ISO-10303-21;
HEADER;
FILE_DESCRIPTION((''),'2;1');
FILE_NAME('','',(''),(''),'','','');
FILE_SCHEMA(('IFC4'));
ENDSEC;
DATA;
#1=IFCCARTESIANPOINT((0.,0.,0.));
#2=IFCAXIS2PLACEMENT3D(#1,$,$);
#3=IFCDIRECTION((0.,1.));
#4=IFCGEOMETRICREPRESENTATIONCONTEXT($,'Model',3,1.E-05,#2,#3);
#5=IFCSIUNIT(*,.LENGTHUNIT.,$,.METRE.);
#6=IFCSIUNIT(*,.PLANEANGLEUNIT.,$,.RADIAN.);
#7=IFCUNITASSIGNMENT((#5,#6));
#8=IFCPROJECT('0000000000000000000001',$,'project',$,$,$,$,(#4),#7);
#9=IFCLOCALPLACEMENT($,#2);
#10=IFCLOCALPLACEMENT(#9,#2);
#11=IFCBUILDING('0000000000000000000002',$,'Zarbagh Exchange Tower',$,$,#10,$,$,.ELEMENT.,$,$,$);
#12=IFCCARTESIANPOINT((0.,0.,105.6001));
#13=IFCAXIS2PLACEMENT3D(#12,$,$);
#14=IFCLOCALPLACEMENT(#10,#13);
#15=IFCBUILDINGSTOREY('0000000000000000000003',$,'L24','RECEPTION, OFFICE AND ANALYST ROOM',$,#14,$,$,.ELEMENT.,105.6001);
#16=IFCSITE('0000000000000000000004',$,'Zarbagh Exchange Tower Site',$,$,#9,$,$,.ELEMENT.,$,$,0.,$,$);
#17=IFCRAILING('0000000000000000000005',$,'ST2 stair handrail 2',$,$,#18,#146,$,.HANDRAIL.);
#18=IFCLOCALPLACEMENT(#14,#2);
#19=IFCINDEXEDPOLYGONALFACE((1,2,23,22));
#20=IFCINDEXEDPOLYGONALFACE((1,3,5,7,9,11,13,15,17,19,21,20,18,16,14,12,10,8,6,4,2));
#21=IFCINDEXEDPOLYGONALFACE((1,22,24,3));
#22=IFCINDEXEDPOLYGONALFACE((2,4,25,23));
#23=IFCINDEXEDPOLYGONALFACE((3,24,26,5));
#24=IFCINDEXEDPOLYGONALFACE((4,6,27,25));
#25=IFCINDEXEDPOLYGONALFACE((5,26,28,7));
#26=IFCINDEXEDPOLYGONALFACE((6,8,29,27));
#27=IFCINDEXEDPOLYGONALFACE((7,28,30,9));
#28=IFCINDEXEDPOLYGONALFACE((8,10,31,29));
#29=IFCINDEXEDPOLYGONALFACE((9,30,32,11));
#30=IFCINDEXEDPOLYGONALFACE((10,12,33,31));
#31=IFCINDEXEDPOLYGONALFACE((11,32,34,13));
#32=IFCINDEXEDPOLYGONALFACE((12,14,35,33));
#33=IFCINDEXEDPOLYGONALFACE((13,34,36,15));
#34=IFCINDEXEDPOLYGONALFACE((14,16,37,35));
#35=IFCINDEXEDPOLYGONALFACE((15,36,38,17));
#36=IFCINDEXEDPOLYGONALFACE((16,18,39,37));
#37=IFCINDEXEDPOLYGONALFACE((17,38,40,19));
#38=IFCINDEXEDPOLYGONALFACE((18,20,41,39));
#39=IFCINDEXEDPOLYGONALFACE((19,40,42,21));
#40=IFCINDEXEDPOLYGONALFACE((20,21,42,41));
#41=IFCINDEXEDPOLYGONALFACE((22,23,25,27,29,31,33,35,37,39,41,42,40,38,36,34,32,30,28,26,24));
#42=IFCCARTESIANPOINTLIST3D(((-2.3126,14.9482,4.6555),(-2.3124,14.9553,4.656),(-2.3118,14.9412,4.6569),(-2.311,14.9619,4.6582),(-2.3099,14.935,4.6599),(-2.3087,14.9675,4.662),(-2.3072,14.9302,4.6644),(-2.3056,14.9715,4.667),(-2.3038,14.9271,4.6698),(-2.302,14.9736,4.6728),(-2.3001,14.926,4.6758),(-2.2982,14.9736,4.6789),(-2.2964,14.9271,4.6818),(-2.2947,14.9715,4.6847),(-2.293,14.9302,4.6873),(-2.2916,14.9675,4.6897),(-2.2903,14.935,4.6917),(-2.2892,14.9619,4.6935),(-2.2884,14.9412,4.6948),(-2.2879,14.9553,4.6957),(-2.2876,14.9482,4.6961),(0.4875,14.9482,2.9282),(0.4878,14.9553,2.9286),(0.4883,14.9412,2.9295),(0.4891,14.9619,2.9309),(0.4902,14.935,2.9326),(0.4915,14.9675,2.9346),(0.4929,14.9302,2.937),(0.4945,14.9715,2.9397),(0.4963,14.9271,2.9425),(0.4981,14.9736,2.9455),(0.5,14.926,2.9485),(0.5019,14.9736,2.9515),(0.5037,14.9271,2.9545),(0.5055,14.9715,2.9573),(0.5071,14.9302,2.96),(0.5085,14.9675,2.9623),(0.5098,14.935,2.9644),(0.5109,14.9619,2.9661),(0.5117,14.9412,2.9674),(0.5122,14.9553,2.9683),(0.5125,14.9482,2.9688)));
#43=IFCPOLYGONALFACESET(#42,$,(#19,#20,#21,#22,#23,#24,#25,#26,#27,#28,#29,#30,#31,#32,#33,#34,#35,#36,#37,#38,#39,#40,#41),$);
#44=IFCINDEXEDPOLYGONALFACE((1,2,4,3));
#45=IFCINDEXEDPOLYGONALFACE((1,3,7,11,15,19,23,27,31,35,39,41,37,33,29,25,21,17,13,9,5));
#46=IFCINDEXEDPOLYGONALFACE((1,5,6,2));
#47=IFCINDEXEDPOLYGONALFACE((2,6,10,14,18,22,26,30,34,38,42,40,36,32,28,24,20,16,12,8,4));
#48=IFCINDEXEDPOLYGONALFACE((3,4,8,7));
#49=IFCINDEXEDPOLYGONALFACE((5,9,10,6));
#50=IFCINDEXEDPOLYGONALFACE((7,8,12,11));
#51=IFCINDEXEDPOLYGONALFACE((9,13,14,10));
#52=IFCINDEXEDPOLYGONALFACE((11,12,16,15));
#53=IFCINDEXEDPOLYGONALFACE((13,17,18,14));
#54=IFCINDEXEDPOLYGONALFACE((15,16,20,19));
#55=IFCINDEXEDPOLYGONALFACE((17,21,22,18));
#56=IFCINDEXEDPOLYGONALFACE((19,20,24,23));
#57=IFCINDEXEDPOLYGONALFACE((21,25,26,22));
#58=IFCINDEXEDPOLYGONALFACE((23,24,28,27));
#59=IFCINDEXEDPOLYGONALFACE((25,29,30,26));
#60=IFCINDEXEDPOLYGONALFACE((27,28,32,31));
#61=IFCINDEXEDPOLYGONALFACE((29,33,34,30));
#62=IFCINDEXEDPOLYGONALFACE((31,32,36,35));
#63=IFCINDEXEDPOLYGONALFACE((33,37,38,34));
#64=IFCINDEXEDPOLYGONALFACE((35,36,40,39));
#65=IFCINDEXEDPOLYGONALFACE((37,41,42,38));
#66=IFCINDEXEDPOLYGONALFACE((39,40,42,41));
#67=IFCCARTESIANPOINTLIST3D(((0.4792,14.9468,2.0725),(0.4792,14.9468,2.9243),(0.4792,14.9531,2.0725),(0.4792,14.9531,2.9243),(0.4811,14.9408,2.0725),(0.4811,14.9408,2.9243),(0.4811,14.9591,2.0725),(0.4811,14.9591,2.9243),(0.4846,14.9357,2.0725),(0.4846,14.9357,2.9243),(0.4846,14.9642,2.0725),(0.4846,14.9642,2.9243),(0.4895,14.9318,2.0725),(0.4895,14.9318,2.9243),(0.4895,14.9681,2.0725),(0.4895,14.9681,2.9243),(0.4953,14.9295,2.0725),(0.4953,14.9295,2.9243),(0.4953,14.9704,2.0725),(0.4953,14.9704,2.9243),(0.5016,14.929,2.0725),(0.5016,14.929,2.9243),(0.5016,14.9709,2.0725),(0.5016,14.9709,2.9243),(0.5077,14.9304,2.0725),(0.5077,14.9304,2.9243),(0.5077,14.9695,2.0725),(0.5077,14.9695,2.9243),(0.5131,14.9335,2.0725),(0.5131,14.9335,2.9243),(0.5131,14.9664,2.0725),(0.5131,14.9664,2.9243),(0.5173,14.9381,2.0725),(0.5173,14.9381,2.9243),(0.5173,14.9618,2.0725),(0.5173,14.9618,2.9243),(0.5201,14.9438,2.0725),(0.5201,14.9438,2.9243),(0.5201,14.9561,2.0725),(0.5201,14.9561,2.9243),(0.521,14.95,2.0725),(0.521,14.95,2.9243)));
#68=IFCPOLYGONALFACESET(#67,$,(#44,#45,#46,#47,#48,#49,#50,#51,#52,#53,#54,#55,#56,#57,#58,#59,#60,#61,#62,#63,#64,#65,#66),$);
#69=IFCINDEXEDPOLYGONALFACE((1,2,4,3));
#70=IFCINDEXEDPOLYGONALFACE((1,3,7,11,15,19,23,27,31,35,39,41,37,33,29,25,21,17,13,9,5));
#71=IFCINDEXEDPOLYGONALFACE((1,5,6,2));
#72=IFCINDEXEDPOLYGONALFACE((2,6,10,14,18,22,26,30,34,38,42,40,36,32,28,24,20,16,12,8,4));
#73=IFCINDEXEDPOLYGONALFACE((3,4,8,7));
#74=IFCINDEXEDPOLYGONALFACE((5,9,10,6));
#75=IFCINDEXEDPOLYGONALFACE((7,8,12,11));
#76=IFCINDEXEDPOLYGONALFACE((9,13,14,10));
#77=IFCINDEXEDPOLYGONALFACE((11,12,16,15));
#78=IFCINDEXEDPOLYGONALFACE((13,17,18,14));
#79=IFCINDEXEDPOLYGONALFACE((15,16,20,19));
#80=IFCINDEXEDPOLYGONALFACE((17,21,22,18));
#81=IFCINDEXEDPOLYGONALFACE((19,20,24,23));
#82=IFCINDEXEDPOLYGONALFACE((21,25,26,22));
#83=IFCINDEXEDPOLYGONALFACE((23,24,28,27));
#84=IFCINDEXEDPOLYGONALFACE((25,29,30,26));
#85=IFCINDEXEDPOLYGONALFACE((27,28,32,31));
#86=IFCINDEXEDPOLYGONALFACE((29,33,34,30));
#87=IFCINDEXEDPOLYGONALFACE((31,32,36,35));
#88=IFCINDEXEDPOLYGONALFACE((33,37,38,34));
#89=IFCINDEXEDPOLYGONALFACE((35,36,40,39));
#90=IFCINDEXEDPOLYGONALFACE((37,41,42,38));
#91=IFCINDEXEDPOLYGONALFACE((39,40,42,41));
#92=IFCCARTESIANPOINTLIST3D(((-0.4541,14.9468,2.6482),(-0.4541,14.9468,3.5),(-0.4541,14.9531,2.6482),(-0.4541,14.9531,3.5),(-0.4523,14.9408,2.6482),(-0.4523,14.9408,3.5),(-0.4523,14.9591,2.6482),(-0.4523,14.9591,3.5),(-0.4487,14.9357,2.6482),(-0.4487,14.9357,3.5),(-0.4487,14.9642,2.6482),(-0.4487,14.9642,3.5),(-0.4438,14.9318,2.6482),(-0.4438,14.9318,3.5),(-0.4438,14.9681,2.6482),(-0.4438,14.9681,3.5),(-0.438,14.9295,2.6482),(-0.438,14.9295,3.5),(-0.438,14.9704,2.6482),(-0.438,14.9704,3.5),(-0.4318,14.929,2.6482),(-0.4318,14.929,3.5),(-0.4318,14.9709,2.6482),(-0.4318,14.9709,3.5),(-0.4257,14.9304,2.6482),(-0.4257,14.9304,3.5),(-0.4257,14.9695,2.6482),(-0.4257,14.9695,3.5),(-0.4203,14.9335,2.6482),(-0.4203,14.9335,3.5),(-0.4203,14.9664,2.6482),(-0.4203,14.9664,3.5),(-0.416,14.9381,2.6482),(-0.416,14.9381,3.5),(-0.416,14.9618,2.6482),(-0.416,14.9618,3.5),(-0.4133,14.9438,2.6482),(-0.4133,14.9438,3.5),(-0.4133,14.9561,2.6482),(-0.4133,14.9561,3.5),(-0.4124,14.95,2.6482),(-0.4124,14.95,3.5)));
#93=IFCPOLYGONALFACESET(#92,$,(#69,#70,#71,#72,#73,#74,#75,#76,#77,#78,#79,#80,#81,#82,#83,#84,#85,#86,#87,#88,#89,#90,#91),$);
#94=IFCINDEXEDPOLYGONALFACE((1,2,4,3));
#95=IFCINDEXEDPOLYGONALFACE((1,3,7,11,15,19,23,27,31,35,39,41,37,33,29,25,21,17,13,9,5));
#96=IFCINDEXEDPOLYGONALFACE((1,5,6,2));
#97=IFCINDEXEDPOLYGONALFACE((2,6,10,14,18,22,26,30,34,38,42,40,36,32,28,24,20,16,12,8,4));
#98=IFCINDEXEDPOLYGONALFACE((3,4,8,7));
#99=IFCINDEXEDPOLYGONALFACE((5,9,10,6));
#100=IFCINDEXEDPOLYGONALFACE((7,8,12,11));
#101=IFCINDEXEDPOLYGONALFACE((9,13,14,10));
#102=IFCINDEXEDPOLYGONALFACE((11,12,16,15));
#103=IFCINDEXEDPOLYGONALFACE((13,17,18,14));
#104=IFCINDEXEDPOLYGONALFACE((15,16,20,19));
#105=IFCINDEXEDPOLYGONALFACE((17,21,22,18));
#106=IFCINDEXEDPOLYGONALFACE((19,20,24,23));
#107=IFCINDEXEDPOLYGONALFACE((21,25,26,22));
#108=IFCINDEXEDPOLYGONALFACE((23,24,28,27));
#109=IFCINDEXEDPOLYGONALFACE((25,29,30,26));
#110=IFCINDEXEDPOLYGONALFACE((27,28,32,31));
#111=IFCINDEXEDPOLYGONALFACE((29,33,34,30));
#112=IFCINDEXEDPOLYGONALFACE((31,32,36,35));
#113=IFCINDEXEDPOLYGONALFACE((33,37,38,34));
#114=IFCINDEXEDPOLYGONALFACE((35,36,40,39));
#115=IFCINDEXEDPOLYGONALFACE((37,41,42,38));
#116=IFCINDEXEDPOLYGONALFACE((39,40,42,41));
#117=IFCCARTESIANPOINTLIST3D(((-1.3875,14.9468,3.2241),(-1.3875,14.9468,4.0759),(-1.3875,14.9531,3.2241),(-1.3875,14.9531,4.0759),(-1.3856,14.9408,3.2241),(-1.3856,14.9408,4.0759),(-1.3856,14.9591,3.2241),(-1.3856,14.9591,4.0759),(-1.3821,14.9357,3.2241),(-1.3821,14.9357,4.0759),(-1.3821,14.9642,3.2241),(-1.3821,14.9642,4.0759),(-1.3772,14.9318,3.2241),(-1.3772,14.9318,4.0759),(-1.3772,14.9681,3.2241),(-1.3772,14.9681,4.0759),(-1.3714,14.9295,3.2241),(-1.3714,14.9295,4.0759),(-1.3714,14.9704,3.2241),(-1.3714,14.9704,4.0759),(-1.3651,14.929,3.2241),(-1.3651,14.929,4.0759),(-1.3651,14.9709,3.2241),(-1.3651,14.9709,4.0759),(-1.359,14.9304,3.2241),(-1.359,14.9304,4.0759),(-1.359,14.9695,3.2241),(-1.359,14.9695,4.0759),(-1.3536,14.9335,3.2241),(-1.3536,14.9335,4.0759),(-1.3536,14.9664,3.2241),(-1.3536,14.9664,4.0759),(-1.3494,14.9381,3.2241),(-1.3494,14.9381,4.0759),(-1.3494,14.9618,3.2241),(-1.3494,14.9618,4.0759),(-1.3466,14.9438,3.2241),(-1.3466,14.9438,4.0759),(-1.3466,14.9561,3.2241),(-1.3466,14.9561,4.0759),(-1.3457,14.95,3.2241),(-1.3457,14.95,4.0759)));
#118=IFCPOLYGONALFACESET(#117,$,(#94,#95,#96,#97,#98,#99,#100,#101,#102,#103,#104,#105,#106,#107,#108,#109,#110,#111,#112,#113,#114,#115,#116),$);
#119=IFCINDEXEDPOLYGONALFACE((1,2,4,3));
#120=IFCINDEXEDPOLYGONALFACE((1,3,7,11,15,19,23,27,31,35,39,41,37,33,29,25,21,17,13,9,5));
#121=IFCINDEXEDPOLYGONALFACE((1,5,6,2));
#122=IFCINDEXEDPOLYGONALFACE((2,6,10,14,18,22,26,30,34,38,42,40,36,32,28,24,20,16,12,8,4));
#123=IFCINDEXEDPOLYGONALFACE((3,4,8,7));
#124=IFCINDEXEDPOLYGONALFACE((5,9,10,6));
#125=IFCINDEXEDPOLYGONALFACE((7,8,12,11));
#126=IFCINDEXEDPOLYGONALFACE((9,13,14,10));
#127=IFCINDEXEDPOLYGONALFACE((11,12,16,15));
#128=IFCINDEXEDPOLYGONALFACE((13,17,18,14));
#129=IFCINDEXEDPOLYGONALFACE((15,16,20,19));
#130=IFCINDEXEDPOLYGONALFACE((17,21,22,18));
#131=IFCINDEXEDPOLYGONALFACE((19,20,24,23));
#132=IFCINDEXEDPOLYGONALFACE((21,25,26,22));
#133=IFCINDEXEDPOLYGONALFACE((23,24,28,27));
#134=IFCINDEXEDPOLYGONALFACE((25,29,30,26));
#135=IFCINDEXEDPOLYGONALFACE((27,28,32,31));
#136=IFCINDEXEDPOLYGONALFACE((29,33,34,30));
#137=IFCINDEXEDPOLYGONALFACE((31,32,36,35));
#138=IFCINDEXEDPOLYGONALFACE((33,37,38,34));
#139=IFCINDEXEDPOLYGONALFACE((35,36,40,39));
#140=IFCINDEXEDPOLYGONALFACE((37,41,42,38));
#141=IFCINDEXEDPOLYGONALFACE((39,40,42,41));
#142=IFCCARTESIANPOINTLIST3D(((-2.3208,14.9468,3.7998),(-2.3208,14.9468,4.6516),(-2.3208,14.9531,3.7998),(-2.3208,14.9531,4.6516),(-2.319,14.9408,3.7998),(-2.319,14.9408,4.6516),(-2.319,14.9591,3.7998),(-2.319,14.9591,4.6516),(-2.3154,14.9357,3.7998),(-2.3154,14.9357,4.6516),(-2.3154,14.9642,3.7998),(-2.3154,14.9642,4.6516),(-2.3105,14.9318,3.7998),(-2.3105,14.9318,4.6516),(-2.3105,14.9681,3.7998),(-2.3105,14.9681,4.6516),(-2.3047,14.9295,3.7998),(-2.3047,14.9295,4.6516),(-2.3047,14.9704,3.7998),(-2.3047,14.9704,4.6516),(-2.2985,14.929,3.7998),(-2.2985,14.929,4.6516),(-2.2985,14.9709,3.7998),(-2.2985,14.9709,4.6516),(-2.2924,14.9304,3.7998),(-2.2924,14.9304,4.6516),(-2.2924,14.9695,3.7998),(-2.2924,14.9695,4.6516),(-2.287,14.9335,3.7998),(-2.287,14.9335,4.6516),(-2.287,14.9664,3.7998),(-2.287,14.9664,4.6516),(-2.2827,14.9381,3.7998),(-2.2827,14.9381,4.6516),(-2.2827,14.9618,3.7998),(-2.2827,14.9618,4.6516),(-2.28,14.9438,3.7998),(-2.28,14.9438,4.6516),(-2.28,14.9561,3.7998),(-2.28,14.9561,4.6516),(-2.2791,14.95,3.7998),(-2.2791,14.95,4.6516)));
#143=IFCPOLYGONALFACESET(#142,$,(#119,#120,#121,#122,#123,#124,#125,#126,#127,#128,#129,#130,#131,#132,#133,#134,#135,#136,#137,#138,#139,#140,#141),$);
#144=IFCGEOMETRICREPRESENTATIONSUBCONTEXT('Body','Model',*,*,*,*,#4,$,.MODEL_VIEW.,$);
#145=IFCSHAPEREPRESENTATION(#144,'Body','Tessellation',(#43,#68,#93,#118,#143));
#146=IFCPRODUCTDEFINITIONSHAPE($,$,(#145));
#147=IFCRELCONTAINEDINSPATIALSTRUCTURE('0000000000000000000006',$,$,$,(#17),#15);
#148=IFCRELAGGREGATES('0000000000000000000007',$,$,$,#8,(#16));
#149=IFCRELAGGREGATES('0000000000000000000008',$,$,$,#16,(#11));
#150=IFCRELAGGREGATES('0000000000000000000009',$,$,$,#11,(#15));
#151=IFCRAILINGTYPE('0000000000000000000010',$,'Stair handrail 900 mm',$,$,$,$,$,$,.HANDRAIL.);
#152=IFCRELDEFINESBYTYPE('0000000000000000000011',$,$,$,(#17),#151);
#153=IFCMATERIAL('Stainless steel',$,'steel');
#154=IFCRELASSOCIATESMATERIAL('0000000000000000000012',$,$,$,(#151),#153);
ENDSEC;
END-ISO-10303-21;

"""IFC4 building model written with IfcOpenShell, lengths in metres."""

from ifc_helpers import new_model, si_unit, direction, frame, origin, origin_2d, place, context, subcontext, project, spatial, circle, extrude, material, type_object, element, save


model = new_model("IFC4")

# Units and contexts
model_context = context("Model", 3, precision=1e-05, world=origin(), true_north=direction((0.0, 1.0)))
body_context = subcontext(model_context, "Body", "Model", "MODEL_VIEW")
ifc_project = project(units=[si_unit("LENGTHUNIT", "METRE"), si_unit("PLANEANGLEUNIT", "RADIAN")], contexts=[model_context])

# Site, building, storey
site_placement = place(None, origin())
site = spatial("IfcSite", under=ifc_project, at=site_placement, Name="Zarbagh Exchange Tower Site", CompositionType="ELEMENT", RefElevation=0.0)
building_placement = place(site_placement, origin())
building = spatial("IfcBuilding", under=site, at=building_placement, Name="Zarbagh Exchange Tower", CompositionType="ELEMENT")
storey_placement = place(building_placement, frame((0.0, 0.0, 105.6001)))
storey = spatial("IfcBuildingStorey", under=building, at=storey_placement, Name="L24", Description="RECEPTION, OFFICE AND ANALYST ROOM", CompositionType="ELEMENT", Elevation=105.6001)

# Shared definitions
ifc_material_1 = material(Name="Stainless steel", Category="steel")

# Railing
railing_type = type_object("IfcRailingType", Name="Stair handrail 900 mm", PredefinedType="HANDRAIL", material=ifc_material_1)
for number, where, name in (
    (1, (0.5, 14.95, 2.0725), "ST2 stair handrail 2"),
):
    element("IfcRailing", number, at=place(storey_placement, frame(where)), inside=storey, type_object=railing_type, Name=name, PredefinedType="HANDRAIL", context=body_context, shape_type="SweptSolid", body=[
        extrude(circle(Radius=0.0239, at=origin_2d()), frame((0.0, 0.0, 0.876), z_axis=(-0.85109, 0.0, 0.52502), x_axis=(0.0, -1.0, 0.0)), (0.0, 0.0, 1.0), 3.29),
        extrude(circle(Radius=0.021, at=origin_2d()), origin(), (0.0, 0.0, 1.0), 0.8518),
        extrude(circle(Radius=0.021, at=origin_2d()), frame((-0.9333, 0.0, 0.5757)), (0.0, 0.0, 1.0), 0.8518),
        extrude(circle(Radius=0.021, at=origin_2d()), frame((-1.8667, 0.0, 1.1516)), (0.0, 0.0, 1.0), 0.8518),
        extrude(circle(Radius=0.021, at=origin_2d()), frame((-2.8, 0.0, 1.7273)), (0.0, 0.0, 1.0), 0.8518),
    ])

save(model, "model.ifc")
